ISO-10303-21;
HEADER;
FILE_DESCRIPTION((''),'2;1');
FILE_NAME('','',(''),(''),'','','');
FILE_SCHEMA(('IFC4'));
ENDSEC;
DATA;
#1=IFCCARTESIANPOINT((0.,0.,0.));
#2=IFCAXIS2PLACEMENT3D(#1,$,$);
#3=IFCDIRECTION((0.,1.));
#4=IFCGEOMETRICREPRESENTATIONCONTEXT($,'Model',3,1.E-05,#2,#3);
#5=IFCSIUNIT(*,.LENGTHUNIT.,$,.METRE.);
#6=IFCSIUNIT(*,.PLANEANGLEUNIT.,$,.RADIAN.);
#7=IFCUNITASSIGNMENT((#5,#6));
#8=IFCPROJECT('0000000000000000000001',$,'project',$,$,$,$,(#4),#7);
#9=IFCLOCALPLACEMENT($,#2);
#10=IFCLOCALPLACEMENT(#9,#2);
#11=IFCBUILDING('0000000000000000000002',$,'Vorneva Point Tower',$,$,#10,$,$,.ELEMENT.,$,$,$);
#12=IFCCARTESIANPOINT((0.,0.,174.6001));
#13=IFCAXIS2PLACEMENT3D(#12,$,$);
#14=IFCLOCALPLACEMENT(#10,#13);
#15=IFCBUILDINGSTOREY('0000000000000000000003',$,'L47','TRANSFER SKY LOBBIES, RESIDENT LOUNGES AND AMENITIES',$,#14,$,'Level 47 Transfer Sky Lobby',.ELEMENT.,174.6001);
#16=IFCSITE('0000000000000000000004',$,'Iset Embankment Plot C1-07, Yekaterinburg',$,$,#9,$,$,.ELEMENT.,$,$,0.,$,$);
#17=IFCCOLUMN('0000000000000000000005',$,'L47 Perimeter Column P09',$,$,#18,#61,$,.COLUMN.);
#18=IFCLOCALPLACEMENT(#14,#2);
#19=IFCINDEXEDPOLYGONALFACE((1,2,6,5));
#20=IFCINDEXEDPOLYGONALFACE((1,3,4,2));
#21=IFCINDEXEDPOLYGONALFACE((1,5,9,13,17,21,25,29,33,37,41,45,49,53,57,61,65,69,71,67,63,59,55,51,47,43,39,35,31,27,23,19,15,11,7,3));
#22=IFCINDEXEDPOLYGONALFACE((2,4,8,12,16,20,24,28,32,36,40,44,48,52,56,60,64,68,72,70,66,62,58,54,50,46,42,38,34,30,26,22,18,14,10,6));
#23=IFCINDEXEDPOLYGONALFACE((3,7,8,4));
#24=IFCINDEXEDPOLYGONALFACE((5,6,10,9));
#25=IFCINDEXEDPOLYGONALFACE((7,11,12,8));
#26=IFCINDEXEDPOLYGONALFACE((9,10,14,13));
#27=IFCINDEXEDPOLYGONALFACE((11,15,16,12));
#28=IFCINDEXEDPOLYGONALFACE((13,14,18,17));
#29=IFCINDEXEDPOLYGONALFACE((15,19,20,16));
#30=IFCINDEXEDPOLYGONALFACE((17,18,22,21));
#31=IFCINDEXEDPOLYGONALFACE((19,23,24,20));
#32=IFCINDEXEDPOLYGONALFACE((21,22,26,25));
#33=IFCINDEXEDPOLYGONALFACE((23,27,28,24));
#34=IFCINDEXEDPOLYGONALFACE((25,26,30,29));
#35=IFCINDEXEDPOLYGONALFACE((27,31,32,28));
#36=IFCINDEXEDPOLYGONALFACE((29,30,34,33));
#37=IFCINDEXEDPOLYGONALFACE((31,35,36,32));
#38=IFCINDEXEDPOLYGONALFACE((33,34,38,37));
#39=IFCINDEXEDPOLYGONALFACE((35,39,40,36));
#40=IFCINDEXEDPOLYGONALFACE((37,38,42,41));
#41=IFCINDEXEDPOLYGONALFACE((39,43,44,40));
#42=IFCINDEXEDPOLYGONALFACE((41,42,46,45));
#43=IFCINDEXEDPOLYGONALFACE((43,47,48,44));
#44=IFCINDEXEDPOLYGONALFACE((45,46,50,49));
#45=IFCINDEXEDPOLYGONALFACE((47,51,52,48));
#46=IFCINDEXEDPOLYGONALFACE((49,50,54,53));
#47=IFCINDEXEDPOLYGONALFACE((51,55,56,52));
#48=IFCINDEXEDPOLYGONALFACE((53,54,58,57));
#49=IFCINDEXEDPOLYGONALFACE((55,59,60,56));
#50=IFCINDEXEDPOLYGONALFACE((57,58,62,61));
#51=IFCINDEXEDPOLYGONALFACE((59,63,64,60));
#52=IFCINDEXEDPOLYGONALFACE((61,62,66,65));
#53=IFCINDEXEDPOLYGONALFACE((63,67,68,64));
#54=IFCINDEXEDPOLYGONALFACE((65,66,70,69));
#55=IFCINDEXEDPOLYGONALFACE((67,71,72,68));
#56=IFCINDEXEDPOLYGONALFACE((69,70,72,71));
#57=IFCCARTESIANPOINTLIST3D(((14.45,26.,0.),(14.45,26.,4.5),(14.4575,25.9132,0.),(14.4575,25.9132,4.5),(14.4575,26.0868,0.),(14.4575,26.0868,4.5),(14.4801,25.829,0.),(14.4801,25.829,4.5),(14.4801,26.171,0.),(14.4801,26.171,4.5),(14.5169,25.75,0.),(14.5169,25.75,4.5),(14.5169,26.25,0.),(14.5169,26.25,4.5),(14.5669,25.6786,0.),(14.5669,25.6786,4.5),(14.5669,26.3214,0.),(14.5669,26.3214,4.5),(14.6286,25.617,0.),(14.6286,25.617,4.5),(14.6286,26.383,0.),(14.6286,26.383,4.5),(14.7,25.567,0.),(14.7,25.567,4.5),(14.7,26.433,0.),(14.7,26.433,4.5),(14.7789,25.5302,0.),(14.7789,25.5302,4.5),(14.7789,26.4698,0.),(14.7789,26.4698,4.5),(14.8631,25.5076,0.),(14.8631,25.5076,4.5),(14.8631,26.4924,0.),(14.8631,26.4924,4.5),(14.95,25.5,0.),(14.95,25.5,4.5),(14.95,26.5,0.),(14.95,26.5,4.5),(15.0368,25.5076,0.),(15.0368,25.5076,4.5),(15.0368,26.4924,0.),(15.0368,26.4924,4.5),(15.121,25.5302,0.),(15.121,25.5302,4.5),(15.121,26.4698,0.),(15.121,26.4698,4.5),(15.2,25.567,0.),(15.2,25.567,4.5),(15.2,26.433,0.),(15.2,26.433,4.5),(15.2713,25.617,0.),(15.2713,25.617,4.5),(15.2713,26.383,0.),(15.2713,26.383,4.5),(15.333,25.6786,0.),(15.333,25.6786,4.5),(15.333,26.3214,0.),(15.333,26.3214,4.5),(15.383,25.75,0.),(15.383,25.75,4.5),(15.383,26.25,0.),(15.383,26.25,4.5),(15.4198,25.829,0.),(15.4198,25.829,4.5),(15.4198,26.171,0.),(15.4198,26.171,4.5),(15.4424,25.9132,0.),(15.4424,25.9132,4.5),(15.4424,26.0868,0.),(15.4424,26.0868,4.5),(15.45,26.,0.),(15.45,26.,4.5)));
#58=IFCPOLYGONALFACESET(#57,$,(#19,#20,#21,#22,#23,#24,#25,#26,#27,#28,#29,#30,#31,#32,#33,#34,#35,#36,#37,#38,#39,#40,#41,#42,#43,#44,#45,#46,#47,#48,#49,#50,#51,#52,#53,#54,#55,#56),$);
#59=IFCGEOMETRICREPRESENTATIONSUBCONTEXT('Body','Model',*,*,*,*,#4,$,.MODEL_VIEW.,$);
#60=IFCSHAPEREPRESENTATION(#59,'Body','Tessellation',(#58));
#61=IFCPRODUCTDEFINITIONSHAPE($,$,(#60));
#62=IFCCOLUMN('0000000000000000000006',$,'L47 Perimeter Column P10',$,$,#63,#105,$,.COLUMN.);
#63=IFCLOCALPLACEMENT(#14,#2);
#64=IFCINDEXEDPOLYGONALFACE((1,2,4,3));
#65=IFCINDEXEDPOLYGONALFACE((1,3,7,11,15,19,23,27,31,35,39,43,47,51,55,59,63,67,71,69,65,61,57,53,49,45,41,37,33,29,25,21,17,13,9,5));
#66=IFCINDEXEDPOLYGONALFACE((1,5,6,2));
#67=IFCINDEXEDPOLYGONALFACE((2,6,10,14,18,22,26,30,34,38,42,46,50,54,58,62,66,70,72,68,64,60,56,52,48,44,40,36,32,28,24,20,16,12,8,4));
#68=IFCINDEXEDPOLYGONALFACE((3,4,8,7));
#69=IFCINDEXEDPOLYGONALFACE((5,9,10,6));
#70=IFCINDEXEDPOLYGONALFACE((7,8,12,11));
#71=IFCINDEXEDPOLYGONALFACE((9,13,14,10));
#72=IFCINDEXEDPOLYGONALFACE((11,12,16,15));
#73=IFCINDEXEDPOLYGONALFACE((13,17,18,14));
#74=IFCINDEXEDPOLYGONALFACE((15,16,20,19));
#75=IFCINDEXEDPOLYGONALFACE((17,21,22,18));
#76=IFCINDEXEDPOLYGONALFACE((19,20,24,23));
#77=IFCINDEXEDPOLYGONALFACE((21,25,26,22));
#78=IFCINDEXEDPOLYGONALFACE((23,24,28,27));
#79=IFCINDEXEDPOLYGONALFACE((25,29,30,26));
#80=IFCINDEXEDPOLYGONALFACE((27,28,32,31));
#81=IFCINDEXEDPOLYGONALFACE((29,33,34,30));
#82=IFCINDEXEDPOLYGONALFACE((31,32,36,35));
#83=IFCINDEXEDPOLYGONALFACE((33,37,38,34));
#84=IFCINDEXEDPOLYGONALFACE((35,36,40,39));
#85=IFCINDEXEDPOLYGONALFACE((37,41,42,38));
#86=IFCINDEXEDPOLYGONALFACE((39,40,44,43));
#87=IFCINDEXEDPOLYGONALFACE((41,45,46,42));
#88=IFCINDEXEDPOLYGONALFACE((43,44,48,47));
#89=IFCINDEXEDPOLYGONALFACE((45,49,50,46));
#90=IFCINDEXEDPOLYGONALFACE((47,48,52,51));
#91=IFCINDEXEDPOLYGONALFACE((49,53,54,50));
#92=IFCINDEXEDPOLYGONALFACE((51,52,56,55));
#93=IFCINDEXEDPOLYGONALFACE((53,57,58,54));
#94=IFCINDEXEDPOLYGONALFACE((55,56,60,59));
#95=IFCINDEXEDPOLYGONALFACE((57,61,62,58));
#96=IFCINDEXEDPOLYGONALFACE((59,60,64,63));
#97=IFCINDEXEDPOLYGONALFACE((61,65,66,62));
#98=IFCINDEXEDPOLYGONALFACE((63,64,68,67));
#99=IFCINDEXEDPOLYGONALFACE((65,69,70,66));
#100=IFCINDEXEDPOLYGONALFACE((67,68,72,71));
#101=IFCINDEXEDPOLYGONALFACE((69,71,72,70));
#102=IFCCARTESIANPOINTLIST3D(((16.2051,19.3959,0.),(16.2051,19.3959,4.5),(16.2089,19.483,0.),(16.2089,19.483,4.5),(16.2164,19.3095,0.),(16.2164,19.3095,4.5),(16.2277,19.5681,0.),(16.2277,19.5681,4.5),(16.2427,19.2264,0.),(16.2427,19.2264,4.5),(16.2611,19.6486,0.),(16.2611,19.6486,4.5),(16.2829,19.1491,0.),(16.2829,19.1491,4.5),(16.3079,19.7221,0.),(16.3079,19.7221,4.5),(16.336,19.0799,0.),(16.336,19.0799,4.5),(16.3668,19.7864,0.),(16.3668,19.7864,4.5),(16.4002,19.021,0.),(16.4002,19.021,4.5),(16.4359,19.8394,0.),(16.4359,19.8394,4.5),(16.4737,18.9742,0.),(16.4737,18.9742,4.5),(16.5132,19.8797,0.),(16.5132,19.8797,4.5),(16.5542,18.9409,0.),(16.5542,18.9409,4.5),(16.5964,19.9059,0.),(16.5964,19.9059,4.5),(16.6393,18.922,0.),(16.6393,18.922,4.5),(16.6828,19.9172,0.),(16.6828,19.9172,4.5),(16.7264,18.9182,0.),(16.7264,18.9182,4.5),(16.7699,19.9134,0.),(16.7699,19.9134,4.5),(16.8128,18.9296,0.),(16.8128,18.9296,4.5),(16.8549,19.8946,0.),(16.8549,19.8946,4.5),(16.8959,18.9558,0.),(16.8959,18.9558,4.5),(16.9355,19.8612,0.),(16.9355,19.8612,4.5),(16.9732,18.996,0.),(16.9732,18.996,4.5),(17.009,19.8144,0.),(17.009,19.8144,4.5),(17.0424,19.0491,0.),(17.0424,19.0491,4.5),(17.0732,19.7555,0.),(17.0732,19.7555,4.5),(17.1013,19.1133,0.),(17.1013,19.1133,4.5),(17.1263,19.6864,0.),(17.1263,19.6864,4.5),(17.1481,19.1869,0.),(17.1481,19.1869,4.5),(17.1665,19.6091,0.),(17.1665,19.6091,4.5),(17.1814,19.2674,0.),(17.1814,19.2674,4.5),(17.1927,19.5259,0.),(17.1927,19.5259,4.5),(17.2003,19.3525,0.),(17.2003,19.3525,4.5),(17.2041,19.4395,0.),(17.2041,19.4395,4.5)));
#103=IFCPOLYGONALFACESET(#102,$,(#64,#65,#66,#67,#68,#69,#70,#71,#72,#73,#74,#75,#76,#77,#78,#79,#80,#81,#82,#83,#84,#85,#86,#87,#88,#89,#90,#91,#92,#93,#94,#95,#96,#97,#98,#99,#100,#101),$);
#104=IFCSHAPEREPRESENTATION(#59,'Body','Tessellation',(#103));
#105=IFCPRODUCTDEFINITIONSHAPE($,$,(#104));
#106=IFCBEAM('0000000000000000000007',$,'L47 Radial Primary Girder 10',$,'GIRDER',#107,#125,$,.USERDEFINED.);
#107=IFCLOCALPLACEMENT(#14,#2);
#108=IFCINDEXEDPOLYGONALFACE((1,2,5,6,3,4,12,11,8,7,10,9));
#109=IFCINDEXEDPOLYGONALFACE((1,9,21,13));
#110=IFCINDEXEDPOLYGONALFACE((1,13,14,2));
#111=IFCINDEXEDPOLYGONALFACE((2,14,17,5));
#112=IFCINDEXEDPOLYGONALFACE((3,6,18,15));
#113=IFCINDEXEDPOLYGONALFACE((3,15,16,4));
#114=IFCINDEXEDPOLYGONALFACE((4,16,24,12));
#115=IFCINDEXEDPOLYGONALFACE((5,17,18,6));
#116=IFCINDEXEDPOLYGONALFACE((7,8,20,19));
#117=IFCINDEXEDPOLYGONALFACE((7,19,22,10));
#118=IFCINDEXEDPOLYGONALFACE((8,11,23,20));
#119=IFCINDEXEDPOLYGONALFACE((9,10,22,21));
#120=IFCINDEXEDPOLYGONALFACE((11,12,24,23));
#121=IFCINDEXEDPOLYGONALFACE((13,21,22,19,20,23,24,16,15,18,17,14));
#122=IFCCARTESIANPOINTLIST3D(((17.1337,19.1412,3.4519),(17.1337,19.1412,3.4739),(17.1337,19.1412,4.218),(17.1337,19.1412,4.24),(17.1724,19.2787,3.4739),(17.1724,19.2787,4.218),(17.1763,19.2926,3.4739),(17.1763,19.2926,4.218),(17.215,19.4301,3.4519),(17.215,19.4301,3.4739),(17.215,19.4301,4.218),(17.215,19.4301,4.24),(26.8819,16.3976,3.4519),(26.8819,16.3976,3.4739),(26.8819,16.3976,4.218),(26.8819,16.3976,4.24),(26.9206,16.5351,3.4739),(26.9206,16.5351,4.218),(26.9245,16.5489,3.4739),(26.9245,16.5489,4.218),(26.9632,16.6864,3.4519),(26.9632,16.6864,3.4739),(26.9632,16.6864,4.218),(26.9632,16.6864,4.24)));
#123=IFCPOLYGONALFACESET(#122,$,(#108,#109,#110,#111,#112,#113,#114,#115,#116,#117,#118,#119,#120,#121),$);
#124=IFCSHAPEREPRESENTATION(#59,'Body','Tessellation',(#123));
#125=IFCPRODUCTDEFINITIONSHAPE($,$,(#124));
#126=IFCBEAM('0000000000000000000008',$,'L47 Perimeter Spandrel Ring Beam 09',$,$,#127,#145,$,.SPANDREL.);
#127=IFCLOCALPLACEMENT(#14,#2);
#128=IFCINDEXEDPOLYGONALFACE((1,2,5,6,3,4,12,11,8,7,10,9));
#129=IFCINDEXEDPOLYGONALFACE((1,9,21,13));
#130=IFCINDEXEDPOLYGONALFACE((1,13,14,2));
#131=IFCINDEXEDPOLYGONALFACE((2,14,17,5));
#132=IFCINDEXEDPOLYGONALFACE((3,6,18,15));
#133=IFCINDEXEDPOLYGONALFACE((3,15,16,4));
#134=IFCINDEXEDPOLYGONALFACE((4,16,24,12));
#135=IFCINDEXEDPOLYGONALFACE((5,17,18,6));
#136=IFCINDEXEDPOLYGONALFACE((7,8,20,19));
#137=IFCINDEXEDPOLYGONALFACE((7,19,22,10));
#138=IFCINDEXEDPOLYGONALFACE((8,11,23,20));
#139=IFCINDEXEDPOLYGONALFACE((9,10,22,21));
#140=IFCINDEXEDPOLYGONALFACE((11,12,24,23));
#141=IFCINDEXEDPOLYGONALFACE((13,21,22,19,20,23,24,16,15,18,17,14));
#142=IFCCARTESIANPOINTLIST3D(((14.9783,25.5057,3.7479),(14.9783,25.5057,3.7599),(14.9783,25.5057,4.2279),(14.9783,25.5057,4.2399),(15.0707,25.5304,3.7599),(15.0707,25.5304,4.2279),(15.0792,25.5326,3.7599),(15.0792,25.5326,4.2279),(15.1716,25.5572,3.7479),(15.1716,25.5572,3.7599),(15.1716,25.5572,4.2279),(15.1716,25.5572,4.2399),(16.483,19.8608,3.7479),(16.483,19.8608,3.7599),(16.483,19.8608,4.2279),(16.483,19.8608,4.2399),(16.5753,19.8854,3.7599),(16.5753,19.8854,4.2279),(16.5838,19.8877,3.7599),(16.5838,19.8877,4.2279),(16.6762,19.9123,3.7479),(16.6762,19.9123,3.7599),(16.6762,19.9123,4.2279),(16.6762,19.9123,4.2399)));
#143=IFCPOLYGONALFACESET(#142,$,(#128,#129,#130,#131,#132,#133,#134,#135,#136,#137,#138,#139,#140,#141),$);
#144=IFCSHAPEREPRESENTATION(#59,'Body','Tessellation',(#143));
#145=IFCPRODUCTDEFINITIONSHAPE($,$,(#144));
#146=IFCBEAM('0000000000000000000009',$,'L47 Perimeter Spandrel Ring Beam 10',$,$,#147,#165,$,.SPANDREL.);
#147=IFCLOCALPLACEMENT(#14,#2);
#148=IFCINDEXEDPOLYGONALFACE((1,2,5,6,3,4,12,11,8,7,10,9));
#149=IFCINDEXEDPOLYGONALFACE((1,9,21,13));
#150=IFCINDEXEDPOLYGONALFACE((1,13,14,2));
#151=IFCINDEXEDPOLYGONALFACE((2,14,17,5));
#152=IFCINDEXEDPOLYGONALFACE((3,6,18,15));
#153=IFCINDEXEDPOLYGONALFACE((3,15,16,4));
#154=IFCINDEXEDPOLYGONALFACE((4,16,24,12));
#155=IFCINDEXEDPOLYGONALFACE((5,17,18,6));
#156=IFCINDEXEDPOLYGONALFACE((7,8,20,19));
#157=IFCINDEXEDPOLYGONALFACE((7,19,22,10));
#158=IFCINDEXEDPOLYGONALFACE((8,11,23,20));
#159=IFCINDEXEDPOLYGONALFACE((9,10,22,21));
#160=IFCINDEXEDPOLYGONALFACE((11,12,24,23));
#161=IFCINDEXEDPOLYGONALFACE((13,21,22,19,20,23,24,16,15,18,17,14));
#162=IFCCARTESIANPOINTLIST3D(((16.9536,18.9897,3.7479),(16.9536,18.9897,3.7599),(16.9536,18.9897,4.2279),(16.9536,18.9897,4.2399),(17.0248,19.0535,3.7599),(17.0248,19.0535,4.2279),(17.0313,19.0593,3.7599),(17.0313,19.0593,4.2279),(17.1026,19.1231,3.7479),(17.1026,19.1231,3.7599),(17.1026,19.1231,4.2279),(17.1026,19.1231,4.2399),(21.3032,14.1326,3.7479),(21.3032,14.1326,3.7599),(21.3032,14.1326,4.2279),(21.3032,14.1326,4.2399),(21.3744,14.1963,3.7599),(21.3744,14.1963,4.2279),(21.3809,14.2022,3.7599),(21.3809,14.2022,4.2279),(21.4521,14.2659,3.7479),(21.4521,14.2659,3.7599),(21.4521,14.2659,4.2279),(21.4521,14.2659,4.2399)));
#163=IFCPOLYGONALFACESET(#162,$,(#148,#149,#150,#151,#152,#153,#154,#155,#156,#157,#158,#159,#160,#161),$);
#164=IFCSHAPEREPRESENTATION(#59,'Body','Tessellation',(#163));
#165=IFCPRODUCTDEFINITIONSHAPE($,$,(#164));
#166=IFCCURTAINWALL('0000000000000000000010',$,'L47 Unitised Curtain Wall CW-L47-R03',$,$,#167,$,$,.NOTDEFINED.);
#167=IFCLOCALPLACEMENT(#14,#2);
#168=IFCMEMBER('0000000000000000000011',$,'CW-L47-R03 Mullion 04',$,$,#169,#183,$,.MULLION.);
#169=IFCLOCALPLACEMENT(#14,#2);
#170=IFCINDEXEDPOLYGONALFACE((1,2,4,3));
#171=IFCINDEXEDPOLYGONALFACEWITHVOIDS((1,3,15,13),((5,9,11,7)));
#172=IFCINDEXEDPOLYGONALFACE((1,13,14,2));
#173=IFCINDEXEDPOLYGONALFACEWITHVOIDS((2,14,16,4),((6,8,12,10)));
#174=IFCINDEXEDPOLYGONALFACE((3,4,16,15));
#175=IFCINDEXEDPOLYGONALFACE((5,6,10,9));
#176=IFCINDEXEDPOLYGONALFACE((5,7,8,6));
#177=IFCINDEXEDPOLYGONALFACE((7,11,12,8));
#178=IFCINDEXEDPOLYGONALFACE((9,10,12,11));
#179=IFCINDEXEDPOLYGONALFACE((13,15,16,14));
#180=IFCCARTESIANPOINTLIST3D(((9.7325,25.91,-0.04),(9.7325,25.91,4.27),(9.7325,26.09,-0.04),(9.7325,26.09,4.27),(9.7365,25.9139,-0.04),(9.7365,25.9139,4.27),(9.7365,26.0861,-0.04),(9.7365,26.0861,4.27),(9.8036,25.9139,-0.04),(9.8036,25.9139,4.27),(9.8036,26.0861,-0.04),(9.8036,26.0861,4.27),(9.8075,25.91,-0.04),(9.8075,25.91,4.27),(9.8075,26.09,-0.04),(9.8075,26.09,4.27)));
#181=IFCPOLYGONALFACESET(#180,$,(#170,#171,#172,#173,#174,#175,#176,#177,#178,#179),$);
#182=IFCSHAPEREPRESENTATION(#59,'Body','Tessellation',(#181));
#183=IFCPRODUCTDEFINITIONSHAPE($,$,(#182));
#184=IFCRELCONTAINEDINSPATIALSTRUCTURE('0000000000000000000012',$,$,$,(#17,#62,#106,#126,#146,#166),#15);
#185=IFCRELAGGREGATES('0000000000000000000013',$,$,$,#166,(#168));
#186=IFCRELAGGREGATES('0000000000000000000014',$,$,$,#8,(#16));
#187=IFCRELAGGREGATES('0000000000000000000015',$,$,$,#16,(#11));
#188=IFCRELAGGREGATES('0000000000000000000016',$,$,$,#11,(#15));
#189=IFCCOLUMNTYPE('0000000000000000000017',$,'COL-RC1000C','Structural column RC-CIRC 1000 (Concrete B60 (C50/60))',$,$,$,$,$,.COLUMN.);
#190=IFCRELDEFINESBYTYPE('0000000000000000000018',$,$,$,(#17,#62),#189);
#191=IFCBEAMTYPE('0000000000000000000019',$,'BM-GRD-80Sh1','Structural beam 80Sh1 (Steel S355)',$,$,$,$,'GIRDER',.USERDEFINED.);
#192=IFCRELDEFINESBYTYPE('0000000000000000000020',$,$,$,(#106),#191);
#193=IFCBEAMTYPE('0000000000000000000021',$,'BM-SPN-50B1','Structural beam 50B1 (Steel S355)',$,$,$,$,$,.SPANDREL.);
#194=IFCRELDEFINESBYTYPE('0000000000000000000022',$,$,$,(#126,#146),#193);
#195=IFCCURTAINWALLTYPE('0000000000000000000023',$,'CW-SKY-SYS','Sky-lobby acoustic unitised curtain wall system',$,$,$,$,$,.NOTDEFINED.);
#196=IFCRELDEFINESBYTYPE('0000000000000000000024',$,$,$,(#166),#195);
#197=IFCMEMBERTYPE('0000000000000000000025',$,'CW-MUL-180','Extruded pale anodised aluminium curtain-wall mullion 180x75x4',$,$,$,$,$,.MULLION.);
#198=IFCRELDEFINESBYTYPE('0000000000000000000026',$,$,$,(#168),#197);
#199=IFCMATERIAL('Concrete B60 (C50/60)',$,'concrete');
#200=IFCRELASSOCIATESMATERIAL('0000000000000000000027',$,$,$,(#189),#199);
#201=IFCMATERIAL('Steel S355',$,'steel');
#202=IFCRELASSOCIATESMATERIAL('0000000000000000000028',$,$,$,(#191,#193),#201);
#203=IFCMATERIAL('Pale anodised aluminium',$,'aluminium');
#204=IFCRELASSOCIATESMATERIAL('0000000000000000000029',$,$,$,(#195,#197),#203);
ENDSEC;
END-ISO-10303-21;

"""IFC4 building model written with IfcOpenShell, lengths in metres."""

from ifc_helpers import new_model, si_unit, direction, frame, origin, origin_2d, place, context, subcontext, project, spatial, hollow_rectangle, circle, i_section, extrude, material, material_profile, profile_set, type_object, element, aggregate, save


model = new_model("IFC4")

# Units and contexts
model_context = context("Model", 3, precision=1e-05, world=origin(), true_north=direction((0.0, 1.0)))
body_context = subcontext(model_context, "Body", "Model", "MODEL_VIEW")
ifc_project = project(units=[si_unit("LENGTHUNIT", "METRE"), si_unit("PLANEANGLEUNIT", "RADIAN")], contexts=[model_context])

# Site, building, storey
site_placement = place(None, origin())
site = spatial("IfcSite", under=ifc_project, at=site_placement, Name="Iset Embankment Plot C1-07, Yekaterinburg", CompositionType="ELEMENT", RefElevation=0.0)
building_placement = place(site_placement, origin())
building = spatial("IfcBuilding", under=site, at=building_placement, Name="Vorneva Point Tower", CompositionType="ELEMENT")
storey_placement = place(building_placement, frame((0.0, 0.0, 174.6001)))
storey = spatial("IfcBuildingStorey", under=building, at=storey_placement, Name="L47", Description="TRANSFER SKY LOBBIES, RESIDENT LOUNGES AND AMENITIES", LongName="Level 47 Transfer Sky Lobby", CompositionType="ELEMENT", Elevation=174.6001)

# Columns
ifc_material_1 = material(Name="Concrete B60 (C50/60)", Category="concrete")
ifc_material_profile_1 = material_profile(ifc_material_1, circle(Radius=0.5, at=origin_2d()), Name="RC-CIRC 1000")
ifc_profile_set_1 = profile_set([ifc_material_profile_1], Name="Concrete B60 (C50/60)")
column_type = type_object("IfcColumnType", Name="COL-RC1000C", Description="Structural column RC-CIRC 1000 (Concrete B60 (C50/60))", PredefinedType="COLUMN", material=ifc_profile_set_1)
for number, where, z_axis, x_axis, name in (
    (1, (14.95, 26.0, 0.0), (0.0, 0.0, 1.0), (-1.0, 0.0, 0.0), "L47 Perimeter Column P09"),
    (2, (16.7046, 19.4177, 0.0), (0.0, 0.0, 1.0), (-0.92388, -0.382683, 0.0), "L47 Perimeter Column P10"),
):
    element("IfcColumn", number, at=place(storey_placement, frame(where, z_axis=z_axis, x_axis=x_axis)), inside=storey, type_object=column_type, Name=name, PredefinedType="COLUMN", context=body_context, shape_type="SweptSolid", body=[
        extrude(circle(Radius=0.5, at=origin_2d()), origin(), (0.0, 0.0, 1.0), 4.5),
    ])

# Beams
ifc_material_2 = material(Name="Steel S355", Category="steel")
ifc_material_profile_2 = material_profile(ifc_material_2, i_section(OverallWidth=0.3, OverallDepth=0.7881, WebThickness=0.0144, FlangeThickness=0.022, at=origin_2d()), Name="80Sh1")
ifc_profile_set_2 = profile_set([ifc_material_profile_2], Name="Steel S355")
beam_type_1 = type_object("IfcBeamType", Name="BM-GRD-80Sh1", Description="Structural beam 80Sh1 (Steel S355)", ElementType="GIRDER", PredefinedType="USERDEFINED", material=ifc_profile_set_2)
beam_1_placement = place(storey_placement, frame((17.1743, 19.2856, 3.8459), z_axis=(0.962601, -0.270924, 0.0), x_axis=(0.270924, 0.962601, 0.0)))
element("IfcBeam", 3, at=beam_1_placement, inside=storey, type_object=beam_type_1, Name="L47 Radial Primary Girder 10", ObjectType="GIRDER", PredefinedType="USERDEFINED", context=body_context, shape_type="SweptSolid", body=[
    extrude(i_section(OverallWidth=0.3, OverallDepth=0.7881, WebThickness=0.0144, FlangeThickness=0.022, at=origin_2d()), origin(), (0.0, 0.0, 1.0), 10.127),
])
ifc_material_profile_3 = material_profile(ifc_material_2, i_section(OverallWidth=0.2, OverallDepth=0.4919, WebThickness=0.0088, FlangeThickness=0.012, at=origin_2d()), Name="50B1")
ifc_profile_set_3 = profile_set([ifc_material_profile_3], Name="Steel S355")
beam_type_2 = type_object("IfcBeamType", Name="BM-SPN-50B1", Description="Structural beam 50B1 (Steel S355)", PredefinedType="SPANDREL", material=ifc_profile_set_3)
beam_2_placement = place(storey_placement, frame((15.075, 25.5315, 3.9939), z_axis=(0.257551, -0.966265, 0.0), x_axis=(0.966265, 0.257551, 0.0)))
element("IfcBeam", 4, at=beam_2_placement, inside=storey, type_object=beam_type_2, Name="L47 Perimeter Spandrel Ring Beam 09", PredefinedType="SPANDREL", context=body_context, shape_type="SweptSolid", body=[
    extrude(i_section(OverallWidth=0.2, OverallDepth=0.4919, WebThickness=0.0088, FlangeThickness=0.012, at=origin_2d()), origin(), (0.0, 0.0, 1.0), 5.842),
])
beam_3_placement = place(storey_placement, frame((17.0281, 19.0564, 3.9939), z_axis=(0.667111, -0.744958, 0.0), x_axis=(0.744958, 0.667111, 0.0)))
element("IfcBeam", 5, at=beam_3_placement, inside=storey, type_object=beam_type_2, Name="L47 Perimeter Spandrel Ring Beam 10", PredefinedType="SPANDREL", context=body_context, shape_type="SweptSolid", body=[
    extrude(i_section(OverallWidth=0.2, OverallDepth=0.4919, WebThickness=0.0088, FlangeThickness=0.012, at=origin_2d()), origin(), (0.0, 0.0, 1.0), 6.52),
])

# Curtain wall, member
ifc_material_3 = material(Name="Pale anodised aluminium", Category="aluminium")
curtain_wall_type = type_object("IfcCurtainWallType", Name="CW-SKY-SYS", Description="Sky-lobby acoustic unitised curtain wall system", PredefinedType="NOTDEFINED", material=ifc_material_3)
curtain_wall_placement = place(storey_placement, origin())
curtain_wall = element("IfcCurtainWall", 6, at=curtain_wall_placement, inside=storey, type_object=curtain_wall_type, Name="L47 Unitised Curtain Wall CW-L47-R03", PredefinedType="NOTDEFINED")
ifc_material_profile_4 = material_profile(ifc_material_3, hollow_rectangle(XDim=0.075, YDim=0.1799, WallThickness=0.0039, at=origin_2d()), Name="AL-MUL 180x75x4")
ifc_profile_set_4 = profile_set([ifc_material_profile_4], Name="Pale anodised aluminium")
member_type_1 = type_object("IfcMemberType", Name="CW-MUL-180", Description="Extruded pale anodised aluminium curtain-wall mullion 180x75x4", PredefinedType="MULLION", material=ifc_profile_set_4)
member_1_placement = place(storey_placement, frame((9.77, 26.0, -0.04), z_axis=(0.0, 0.0, 1.0), x_axis=(1.0, 0.0, 0.0)))
member_1 = element("IfcMember", 7, at=member_1_placement, type_object=member_type_1, Name="CW-L47-R03 Mullion 04", PredefinedType="MULLION", context=body_context, shape_type="SweptSolid", body=[
    extrude(hollow_rectangle(XDim=0.075, YDim=0.1799, WallThickness=0.0039, at=origin_2d()), origin(), (0.0, 0.0, 1.0), 4.3101),
])
aggregate(curtain_wall, [member_1])

save(model, "model.ifc")
